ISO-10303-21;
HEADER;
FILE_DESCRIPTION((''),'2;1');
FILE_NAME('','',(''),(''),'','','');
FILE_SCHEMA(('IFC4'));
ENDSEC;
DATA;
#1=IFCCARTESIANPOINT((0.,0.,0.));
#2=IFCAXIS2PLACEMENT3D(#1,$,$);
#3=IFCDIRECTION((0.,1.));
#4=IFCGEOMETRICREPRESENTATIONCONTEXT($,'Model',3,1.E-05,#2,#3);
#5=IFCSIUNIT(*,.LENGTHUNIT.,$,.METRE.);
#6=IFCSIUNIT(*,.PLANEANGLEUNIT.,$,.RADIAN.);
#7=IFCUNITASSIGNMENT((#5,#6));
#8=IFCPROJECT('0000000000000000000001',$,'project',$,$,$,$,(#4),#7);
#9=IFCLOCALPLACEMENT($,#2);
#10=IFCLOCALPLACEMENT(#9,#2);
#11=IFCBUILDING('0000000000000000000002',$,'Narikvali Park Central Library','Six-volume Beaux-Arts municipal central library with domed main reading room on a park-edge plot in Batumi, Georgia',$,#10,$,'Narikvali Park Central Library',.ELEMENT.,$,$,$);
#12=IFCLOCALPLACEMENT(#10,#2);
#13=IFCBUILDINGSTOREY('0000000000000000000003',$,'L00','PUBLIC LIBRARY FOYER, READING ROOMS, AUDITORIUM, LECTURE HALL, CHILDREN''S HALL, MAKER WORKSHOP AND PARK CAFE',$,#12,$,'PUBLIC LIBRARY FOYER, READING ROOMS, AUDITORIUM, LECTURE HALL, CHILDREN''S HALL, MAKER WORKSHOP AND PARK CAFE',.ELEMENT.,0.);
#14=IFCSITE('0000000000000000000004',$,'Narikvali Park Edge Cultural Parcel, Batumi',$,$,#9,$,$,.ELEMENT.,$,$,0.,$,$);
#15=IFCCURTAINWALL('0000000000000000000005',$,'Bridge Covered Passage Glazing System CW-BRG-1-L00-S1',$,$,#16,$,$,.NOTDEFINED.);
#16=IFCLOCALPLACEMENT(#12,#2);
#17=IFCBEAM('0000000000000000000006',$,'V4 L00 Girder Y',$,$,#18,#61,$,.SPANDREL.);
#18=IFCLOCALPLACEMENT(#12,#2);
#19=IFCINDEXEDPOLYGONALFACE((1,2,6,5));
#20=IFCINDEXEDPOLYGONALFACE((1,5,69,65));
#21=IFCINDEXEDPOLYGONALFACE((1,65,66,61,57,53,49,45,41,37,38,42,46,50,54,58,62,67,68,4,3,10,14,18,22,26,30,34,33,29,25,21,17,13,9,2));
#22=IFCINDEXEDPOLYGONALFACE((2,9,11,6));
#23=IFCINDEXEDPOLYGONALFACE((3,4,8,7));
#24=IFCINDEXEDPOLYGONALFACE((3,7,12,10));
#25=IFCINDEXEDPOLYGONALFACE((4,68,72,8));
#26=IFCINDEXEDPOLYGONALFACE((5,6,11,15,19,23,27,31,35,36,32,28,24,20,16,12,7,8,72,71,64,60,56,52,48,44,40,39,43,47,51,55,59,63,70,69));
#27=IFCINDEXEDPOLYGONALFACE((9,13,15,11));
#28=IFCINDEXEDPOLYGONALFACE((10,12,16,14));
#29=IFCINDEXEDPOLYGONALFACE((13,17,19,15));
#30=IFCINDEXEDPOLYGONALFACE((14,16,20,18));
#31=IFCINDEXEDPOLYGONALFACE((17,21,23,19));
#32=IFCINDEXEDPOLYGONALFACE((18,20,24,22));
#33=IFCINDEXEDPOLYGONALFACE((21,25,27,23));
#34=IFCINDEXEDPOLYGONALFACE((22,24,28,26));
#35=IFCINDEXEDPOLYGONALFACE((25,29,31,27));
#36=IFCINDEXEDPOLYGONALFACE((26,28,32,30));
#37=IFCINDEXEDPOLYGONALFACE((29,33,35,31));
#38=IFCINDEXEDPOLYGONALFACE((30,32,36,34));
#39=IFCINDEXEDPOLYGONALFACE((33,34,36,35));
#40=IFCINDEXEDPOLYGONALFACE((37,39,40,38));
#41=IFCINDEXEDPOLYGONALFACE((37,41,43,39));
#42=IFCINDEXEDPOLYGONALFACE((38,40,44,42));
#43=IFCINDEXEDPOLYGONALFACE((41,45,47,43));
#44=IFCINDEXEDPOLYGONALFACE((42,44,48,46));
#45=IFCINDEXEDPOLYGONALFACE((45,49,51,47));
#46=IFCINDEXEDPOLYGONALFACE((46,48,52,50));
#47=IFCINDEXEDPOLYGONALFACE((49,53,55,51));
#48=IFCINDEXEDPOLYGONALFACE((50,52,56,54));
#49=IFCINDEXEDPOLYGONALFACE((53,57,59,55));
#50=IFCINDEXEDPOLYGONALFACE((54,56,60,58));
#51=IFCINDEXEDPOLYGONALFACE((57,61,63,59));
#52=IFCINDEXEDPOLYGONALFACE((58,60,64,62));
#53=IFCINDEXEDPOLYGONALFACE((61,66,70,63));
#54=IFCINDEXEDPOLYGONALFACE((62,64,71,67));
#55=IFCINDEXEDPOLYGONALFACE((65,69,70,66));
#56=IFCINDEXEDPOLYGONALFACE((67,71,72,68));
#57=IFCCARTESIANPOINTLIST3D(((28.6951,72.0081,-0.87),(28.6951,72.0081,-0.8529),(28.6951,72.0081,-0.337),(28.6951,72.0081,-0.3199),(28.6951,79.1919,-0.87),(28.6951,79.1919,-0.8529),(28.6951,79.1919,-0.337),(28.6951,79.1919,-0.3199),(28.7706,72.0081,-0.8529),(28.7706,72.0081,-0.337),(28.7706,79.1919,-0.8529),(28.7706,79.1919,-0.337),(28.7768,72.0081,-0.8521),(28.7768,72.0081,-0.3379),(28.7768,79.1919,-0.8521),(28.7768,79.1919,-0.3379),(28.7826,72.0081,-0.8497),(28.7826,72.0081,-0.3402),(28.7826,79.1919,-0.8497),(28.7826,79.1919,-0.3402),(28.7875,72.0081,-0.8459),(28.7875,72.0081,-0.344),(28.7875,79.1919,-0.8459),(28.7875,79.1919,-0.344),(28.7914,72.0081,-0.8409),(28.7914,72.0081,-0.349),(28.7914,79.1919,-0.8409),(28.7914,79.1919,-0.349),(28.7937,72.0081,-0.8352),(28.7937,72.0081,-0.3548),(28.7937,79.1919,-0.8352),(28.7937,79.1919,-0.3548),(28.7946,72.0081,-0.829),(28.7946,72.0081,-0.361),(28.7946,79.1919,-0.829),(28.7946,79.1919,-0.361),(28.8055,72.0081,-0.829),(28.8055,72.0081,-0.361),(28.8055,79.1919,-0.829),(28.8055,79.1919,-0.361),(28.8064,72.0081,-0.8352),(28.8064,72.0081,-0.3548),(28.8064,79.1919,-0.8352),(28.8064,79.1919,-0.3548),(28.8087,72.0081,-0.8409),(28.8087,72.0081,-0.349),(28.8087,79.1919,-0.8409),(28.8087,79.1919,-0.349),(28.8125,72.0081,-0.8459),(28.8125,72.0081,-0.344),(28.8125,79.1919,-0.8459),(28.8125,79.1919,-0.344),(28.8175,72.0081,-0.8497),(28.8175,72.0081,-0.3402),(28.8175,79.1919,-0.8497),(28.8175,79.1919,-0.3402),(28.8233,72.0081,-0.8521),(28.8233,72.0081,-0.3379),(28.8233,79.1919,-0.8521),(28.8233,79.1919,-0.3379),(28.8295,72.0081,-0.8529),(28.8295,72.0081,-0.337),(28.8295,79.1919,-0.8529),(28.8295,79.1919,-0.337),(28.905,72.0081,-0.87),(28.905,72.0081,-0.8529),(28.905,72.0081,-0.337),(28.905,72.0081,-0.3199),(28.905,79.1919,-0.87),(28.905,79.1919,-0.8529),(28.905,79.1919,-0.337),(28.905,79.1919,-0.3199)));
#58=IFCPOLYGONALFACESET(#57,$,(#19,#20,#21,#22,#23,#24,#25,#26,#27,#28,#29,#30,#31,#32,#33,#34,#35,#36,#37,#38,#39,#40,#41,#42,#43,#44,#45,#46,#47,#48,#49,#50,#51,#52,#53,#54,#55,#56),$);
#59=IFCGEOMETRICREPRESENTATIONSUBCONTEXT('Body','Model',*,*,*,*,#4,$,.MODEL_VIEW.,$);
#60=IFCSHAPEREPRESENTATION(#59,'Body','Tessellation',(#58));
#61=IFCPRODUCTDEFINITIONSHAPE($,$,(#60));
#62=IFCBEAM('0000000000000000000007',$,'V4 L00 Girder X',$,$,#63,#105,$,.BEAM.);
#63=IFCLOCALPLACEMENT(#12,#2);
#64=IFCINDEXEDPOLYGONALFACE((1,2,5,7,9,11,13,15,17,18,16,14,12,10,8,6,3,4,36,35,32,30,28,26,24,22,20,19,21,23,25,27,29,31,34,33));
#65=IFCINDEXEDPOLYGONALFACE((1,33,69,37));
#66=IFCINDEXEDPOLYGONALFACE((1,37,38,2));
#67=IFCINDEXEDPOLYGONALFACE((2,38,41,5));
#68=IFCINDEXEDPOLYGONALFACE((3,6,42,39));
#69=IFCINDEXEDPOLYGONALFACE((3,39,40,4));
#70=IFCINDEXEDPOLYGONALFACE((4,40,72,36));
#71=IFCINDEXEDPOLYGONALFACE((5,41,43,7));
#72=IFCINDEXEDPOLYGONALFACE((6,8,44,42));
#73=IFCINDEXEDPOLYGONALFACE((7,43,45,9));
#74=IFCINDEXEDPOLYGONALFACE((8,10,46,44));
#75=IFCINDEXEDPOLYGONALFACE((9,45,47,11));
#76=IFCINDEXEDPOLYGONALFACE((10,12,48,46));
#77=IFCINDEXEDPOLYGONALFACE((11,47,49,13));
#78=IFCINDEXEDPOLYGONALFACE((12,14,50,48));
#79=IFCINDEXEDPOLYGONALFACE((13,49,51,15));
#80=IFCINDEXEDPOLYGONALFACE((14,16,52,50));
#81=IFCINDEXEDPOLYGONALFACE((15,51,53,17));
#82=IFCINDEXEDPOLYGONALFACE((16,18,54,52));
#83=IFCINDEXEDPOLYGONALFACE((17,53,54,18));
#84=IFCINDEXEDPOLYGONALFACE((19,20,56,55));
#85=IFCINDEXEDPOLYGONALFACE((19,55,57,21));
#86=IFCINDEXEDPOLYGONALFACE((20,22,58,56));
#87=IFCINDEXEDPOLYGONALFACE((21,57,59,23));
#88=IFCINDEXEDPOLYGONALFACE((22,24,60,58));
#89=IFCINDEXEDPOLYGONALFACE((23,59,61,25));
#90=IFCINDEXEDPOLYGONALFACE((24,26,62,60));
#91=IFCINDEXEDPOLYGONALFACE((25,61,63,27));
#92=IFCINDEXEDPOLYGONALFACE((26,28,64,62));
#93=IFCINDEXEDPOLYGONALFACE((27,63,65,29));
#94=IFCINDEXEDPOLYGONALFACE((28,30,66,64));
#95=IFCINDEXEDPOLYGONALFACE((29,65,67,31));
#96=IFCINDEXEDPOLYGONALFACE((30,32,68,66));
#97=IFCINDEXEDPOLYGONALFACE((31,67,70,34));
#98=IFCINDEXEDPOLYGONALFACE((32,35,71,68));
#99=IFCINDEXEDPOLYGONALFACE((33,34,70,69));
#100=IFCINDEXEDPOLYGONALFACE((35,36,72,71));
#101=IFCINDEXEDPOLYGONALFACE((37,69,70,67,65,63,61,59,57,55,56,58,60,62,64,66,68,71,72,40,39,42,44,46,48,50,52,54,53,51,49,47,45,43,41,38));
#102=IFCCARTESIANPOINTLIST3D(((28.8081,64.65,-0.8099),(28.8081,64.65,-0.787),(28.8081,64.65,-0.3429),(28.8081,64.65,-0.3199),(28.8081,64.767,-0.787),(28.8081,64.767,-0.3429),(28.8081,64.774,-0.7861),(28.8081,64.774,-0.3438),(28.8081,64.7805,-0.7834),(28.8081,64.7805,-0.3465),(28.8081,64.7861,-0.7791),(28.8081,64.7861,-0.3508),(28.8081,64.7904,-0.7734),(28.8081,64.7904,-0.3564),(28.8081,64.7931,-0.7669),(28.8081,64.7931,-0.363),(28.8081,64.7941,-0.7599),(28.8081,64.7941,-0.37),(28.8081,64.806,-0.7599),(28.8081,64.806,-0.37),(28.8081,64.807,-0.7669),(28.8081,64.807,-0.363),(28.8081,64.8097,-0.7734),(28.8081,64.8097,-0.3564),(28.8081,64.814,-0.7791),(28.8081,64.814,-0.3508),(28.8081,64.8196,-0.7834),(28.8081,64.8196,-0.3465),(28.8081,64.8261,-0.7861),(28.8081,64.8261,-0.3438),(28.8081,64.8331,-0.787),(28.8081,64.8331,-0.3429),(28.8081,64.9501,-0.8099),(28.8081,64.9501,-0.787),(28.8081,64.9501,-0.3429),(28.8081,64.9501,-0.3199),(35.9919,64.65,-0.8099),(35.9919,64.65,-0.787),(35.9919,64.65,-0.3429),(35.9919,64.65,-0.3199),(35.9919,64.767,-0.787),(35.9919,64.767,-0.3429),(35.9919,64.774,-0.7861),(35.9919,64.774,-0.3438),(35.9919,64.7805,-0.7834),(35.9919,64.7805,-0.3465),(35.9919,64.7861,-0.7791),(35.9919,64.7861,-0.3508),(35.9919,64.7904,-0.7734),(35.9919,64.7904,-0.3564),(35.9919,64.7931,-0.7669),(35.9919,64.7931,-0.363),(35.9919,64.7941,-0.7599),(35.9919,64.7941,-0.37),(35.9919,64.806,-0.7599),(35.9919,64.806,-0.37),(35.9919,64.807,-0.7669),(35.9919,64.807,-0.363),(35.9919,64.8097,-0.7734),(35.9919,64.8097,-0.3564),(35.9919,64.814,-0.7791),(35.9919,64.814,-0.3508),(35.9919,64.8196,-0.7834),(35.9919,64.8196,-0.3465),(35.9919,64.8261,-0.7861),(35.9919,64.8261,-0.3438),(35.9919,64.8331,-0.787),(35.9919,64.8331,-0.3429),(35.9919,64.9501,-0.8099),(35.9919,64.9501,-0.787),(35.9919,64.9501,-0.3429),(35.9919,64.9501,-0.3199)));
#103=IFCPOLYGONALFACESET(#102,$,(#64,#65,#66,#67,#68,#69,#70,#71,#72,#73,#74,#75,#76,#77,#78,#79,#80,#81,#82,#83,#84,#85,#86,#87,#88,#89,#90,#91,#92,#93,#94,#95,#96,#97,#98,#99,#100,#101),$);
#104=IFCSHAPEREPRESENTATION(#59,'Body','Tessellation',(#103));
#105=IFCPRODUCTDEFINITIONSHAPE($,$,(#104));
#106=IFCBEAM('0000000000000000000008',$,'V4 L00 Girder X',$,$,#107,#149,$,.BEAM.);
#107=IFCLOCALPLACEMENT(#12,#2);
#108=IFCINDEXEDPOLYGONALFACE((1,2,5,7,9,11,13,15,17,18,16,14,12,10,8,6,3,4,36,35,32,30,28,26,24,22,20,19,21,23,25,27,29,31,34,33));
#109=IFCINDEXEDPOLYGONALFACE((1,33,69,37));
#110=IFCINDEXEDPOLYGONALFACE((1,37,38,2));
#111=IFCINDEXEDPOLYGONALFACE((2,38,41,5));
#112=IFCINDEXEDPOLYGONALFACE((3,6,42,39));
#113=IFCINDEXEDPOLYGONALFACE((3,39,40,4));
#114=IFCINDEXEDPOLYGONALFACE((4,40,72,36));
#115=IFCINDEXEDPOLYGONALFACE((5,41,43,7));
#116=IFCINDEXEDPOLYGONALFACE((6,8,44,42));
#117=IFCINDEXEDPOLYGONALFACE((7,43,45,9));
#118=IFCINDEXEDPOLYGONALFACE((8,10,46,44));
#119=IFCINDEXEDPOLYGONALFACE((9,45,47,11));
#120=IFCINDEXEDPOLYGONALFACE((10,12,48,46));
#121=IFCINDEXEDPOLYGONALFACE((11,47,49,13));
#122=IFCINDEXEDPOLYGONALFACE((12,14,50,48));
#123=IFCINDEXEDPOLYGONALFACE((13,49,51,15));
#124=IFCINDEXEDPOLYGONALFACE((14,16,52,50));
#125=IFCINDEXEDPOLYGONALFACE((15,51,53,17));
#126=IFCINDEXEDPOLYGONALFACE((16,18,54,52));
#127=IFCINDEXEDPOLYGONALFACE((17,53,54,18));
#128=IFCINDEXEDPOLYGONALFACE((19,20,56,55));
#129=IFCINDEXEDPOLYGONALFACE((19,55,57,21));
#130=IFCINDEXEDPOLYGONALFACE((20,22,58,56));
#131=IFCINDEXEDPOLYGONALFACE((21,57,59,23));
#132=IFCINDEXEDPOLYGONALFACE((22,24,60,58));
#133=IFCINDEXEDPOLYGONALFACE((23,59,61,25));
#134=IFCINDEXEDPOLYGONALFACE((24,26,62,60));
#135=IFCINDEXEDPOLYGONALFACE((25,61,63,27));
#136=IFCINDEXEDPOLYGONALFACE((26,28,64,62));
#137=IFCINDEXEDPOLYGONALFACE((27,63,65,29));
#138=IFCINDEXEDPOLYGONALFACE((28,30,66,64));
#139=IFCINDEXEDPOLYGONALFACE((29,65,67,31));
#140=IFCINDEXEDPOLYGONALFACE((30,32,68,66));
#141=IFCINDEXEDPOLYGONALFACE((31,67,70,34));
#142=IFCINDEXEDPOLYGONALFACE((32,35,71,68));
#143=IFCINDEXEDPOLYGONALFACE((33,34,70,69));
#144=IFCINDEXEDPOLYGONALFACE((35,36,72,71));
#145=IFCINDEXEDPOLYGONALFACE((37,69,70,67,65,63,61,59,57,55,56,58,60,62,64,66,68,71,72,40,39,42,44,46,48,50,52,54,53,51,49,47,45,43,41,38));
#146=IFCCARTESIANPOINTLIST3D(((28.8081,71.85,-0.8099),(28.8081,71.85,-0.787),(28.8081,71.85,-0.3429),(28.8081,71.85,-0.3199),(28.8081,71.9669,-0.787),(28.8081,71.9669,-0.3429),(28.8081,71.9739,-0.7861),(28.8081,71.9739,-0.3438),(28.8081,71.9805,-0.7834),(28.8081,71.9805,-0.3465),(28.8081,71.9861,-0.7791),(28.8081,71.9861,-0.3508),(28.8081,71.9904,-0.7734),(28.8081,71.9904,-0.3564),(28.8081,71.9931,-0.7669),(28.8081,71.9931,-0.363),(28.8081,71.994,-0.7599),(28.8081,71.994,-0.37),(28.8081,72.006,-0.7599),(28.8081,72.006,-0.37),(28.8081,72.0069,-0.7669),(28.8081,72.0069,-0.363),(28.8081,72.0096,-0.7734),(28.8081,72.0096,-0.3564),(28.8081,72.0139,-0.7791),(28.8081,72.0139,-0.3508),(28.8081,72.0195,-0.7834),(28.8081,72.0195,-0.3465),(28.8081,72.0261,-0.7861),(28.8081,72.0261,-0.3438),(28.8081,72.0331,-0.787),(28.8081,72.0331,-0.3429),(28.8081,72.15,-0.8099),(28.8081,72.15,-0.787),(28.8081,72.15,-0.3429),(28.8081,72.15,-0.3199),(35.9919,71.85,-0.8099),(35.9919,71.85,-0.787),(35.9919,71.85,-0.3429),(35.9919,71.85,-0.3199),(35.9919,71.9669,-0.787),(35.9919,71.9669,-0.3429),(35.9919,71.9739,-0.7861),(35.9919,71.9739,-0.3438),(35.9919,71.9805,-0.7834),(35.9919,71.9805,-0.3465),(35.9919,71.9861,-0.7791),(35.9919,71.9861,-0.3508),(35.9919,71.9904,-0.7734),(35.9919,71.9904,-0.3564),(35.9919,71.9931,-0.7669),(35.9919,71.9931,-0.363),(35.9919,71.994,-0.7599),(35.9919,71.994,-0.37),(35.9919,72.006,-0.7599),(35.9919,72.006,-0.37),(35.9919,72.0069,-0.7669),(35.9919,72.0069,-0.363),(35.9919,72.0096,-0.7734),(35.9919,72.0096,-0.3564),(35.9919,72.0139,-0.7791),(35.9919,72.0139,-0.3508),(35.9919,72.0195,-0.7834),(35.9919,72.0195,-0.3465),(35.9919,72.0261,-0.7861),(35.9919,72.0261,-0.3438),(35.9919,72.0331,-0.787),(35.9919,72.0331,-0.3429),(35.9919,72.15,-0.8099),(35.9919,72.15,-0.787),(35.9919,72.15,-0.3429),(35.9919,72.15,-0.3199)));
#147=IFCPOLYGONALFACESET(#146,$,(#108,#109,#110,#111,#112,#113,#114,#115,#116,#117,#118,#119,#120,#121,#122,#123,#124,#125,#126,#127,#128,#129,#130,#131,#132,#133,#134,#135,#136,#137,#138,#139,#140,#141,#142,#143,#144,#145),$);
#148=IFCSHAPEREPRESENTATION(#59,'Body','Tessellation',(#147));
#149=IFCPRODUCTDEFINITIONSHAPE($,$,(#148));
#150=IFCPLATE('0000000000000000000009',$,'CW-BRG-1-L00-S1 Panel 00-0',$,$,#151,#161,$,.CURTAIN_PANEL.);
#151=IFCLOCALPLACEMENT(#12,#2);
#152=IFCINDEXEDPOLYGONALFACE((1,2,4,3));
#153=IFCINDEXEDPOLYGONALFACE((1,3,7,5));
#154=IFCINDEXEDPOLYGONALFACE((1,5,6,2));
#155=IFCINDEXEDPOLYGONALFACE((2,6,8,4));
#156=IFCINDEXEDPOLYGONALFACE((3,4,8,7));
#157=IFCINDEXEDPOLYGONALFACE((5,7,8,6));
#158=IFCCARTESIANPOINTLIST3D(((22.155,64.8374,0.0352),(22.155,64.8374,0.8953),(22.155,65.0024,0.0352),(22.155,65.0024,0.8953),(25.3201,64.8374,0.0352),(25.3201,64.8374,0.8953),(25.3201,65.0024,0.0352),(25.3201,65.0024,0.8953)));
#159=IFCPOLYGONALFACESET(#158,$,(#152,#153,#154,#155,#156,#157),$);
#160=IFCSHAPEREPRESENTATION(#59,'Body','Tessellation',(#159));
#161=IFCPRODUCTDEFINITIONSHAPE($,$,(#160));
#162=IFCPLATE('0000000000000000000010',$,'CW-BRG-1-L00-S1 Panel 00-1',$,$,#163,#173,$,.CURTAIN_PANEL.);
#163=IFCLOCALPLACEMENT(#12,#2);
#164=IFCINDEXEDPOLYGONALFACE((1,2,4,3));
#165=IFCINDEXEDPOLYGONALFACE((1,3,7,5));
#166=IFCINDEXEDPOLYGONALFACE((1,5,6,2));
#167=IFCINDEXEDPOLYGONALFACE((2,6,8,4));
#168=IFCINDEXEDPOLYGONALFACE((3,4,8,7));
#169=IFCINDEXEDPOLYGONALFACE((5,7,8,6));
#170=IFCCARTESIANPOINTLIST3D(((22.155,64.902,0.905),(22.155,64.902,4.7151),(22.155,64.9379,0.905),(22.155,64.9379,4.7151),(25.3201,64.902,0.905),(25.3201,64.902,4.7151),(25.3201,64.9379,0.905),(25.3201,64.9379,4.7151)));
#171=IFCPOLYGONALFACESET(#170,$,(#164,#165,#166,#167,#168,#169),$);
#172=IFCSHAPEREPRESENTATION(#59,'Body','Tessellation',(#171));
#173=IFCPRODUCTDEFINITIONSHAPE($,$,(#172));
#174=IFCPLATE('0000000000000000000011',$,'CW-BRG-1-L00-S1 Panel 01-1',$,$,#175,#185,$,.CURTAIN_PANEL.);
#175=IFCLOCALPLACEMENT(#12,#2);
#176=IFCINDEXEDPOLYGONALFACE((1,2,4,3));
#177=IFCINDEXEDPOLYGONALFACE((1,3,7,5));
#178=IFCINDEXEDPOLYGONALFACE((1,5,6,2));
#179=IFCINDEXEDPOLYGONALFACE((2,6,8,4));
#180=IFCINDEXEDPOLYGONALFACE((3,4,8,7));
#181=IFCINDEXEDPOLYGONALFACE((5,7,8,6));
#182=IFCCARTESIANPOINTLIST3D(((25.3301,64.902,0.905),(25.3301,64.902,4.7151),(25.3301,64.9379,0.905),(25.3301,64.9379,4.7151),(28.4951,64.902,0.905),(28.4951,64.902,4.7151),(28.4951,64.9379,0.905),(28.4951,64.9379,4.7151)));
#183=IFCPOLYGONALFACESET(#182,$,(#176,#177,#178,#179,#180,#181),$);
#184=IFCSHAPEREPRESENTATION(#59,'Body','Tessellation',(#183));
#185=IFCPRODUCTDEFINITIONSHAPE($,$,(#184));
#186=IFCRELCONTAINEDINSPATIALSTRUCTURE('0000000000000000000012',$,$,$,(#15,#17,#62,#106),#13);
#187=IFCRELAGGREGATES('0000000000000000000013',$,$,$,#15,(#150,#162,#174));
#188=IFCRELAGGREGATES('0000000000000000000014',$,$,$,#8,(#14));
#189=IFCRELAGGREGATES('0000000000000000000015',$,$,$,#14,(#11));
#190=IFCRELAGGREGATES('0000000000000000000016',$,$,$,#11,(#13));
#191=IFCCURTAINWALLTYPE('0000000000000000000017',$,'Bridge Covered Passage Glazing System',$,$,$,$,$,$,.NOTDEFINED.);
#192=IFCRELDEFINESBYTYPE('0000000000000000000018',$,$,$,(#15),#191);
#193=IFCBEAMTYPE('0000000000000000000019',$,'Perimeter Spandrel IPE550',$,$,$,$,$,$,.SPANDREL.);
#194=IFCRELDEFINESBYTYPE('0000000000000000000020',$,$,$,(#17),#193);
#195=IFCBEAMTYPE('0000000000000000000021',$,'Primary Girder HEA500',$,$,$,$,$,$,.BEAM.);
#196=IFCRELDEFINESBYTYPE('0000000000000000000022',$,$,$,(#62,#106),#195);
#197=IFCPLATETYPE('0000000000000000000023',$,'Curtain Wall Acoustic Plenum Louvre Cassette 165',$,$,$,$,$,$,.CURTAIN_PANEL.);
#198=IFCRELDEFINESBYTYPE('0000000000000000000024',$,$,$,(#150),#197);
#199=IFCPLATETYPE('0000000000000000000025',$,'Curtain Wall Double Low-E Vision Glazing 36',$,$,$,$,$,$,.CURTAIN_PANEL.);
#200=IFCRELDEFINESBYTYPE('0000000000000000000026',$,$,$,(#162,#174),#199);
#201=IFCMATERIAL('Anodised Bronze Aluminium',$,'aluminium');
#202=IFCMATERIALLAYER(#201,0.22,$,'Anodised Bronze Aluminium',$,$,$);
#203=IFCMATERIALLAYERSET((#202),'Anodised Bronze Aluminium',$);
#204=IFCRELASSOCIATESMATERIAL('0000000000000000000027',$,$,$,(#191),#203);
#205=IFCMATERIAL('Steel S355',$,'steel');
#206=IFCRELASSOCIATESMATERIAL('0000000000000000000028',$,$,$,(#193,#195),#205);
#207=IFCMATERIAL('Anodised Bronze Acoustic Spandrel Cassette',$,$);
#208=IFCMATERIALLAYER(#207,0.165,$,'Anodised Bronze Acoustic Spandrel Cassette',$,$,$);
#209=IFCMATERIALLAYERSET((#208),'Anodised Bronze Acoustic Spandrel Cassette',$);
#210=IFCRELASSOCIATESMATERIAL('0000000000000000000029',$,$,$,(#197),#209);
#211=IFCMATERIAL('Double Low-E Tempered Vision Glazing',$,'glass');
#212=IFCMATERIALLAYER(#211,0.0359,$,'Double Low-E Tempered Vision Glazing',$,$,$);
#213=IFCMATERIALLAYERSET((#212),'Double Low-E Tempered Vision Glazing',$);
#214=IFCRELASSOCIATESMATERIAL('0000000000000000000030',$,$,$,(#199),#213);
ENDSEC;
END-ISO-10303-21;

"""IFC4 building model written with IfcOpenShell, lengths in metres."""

from ifc_helpers import new_model, si_unit, direction, frame, origin, origin_2d, place, context, subcontext, project, spatial, rectangle, i_section, extrude, material, layer, layer_set, material_profile, profile_set, type_object, element, aggregate, save


model = new_model("IFC4")

# Units and contexts
model_context = context("Model", 3, precision=1e-05, world=origin(), true_north=direction((0.0, 1.0)))
body_context = subcontext(model_context, "Body", "Model", "MODEL_VIEW")
ifc_project = project(units=[si_unit("LENGTHUNIT", "METRE"), si_unit("PLANEANGLEUNIT", "RADIAN")], contexts=[model_context])

# Site, building, storey
site_placement = place(None, origin())
site = spatial("IfcSite", under=ifc_project, at=site_placement, Name="Narikvali Park Edge Cultural Parcel, Batumi", CompositionType="ELEMENT", RefElevation=0.0)
building_placement = place(site_placement, origin())
building = spatial("IfcBuilding", under=site, at=building_placement, Name="Narikvali Park Central Library", Description="Six-volume Beaux-Arts municipal central library with domed main reading room on a park-edge plot in Batumi, Georgia", LongName="Narikvali Park Central Library", CompositionType="ELEMENT")
storey_placement = place(building_placement, origin())
storey = spatial("IfcBuildingStorey", under=building, at=storey_placement, Name="L00", Description="PUBLIC LIBRARY FOYER, READING ROOMS, AUDITORIUM, LECTURE HALL, CHILDREN'S HALL, MAKER WORKSHOP AND PARK CAFE", LongName="PUBLIC LIBRARY FOYER, READING ROOMS, AUDITORIUM, LECTURE HALL, CHILDREN'S HALL, MAKER WORKSHOP AND PARK CAFE", CompositionType="ELEMENT", Elevation=0.0)

# Shared definitions
ifc_material_1 = material(Name="Steel S355", Category="steel")

# Curtain wall
ifc_material_2 = material(Name="Anodised Bronze Aluminium", Category="aluminium")
ifc_layer_1 = layer(ifc_material_2, 0.22, Name="Anodised Bronze Aluminium")
ifc_layer_set_1 = layer_set([ifc_layer_1], Name="Anodised Bronze Aluminium")
curtain_wall_type = type_object("IfcCurtainWallType", Name="Bridge Covered Passage Glazing System", PredefinedType="NOTDEFINED", material=ifc_layer_set_1)
curtain_wall_1_placement = place(storey_placement, origin())
curtain_wall_1 = element("IfcCurtainWall", 1, at=curtain_wall_1_placement, inside=storey, type_object=curtain_wall_type, Name="Bridge Covered Passage Glazing System CW-BRG-1-L00-S1", PredefinedType="NOTDEFINED")

# Beams
ifc_material_profile_1 = material_profile(ifc_material_1, i_section(OverallWidth=0.21, OverallDepth=0.55, WebThickness=0.011, FlangeThickness=0.0171, FilletRadius=0.0239, at=origin_2d()), Name="IPE 550")
ifc_profile_set_1 = profile_set([ifc_material_profile_1], Name="Steel S355")
beam_type_1 = type_object("IfcBeamType", Name="Perimeter Spandrel IPE550", PredefinedType="SPANDREL", material=ifc_profile_set_1)
for number, where, z_axis, x_axis, name in (
    (2, (28.8, 72.0081, -0.595), (0.0, 1.0, 0.0), (-1.0, 0.0, 0.0), "V4 L00 Girder Y"),
):
    element("IfcBeam", number, at=place(storey_placement, frame(where, z_axis=z_axis, x_axis=x_axis)), inside=storey, type_object=beam_type_1, Name=name, PredefinedType="SPANDREL", context=body_context, shape_type="SweptSolid", body=[
        extrude(i_section(OverallWidth=0.21, OverallDepth=0.55, WebThickness=0.011, FlangeThickness=0.0171, FilletRadius=0.0239, at=origin_2d()), origin(), (0.0, 0.0, 1.0), 7.1838),
    ])
ifc_material_profile_2 = material_profile(ifc_material_1, i_section(OverallWidth=0.3, OverallDepth=0.49, WebThickness=0.012, FlangeThickness=0.0229, FilletRadius=0.0271, at=origin_2d()), Name="HEA 500")
ifc_profile_set_2 = profile_set([ifc_material_profile_2], Name="Steel S355")
beam_type_2 = type_object("IfcBeamType", Name="Primary Girder HEA500", PredefinedType="BEAM", material=ifc_profile_set_2)
for number, where, z_axis, x_axis, name in (
    (3, (28.8081, 64.8, -0.5649), (1.0, 0.0, 0.0), (0.0, 1.0, 0.0), "V4 L00 Girder X"),
    (4, (28.8081, 72.0, -0.5649), (1.0, 0.0, 0.0), (0.0, 1.0, 0.0), "V4 L00 Girder X"),
):
    element("IfcBeam", number, at=place(storey_placement, frame(where, z_axis=z_axis, x_axis=x_axis)), inside=storey, type_object=beam_type_2, Name=name, PredefinedType="BEAM", context=body_context, shape_type="SweptSolid", body=[
        extrude(i_section(OverallWidth=0.3, OverallDepth=0.49, WebThickness=0.012, FlangeThickness=0.0229, FilletRadius=0.0271, at=origin_2d()), origin(), (0.0, 0.0, 1.0), 7.1838),
    ])

# Plates
ifc_material_3 = material(Name="Anodised Bronze Acoustic Spandrel Cassette")
ifc_layer_2 = layer(ifc_material_3, 0.165, Name="Anodised Bronze Acoustic Spandrel Cassette")
ifc_layer_set_2 = layer_set([ifc_layer_2], Name="Anodised Bronze Acoustic Spandrel Cassette")
plate_type_1 = type_object("IfcPlateType", Name="Curtain Wall Acoustic Plenum Louvre Cassette 165", PredefinedType="CURTAIN_PANEL", material=ifc_layer_set_2)
plate_1_placement = place(storey_placement, frame((23.7375, 64.9199, 0.0352), z_axis=(0.0, 0.0, 1.0), x_axis=(1.0, 0.0, 0.0)))
plate_1 = element("IfcPlate", 5, at=plate_1_placement, type_object=plate_type_1, Name="CW-BRG-1-L00-S1 Panel 00-0", PredefinedType="CURTAIN_PANEL", context=body_context, shape_type="SweptSolid", body=[
    extrude(rectangle(XDim=3.165, YDim=0.165, at=origin_2d()), origin(), (0.0, 0.0, 1.0), 0.8601),
])
ifc_material_4 = material(Name="Double Low-E Tempered Vision Glazing", Category="glass")
ifc_layer_3 = layer(ifc_material_4, 0.0359, Name="Double Low-E Tempered Vision Glazing")
ifc_layer_set_3 = layer_set([ifc_layer_3], Name="Double Low-E Tempered Vision Glazing")
plate_type_2 = type_object("IfcPlateType", Name="Curtain Wall Double Low-E Vision Glazing 36", PredefinedType="CURTAIN_PANEL", material=ifc_layer_set_3)
plate_2_placement = place(storey_placement, frame((23.7375, 64.9199, 0.905), z_axis=(0.0, 0.0, 1.0), x_axis=(1.0, 0.0, 0.0)))
plate_2 = element("IfcPlate", 6, at=plate_2_placement, type_object=plate_type_2, Name="CW-BRG-1-L00-S1 Panel 00-1", PredefinedType="CURTAIN_PANEL", context=body_context, shape_type="SweptSolid", body=[
    extrude(rectangle(XDim=3.165, YDim=0.0359, at=origin_2d()), origin(), (0.0, 0.0, 1.0), 3.8101),
])
plate_3_placement = place(storey_placement, frame((26.9126, 64.9199, 0.905), z_axis=(0.0, 0.0, 1.0), x_axis=(1.0, 0.0, 0.0)))
plate_3 = element("IfcPlate", 7, at=plate_3_placement, type_object=plate_type_2, Name="CW-BRG-1-L00-S1 Panel 01-1", PredefinedType="CURTAIN_PANEL", context=body_context, shape_type="SweptSolid", body=[
    extrude(rectangle(XDim=3.165, YDim=0.0359, at=origin_2d()), origin(), (0.0, 0.0, 1.0), 3.8101),
])
aggregate(curtain_wall_1, [plate_1, plate_2, plate_3])

save(model, "model.ifc")
